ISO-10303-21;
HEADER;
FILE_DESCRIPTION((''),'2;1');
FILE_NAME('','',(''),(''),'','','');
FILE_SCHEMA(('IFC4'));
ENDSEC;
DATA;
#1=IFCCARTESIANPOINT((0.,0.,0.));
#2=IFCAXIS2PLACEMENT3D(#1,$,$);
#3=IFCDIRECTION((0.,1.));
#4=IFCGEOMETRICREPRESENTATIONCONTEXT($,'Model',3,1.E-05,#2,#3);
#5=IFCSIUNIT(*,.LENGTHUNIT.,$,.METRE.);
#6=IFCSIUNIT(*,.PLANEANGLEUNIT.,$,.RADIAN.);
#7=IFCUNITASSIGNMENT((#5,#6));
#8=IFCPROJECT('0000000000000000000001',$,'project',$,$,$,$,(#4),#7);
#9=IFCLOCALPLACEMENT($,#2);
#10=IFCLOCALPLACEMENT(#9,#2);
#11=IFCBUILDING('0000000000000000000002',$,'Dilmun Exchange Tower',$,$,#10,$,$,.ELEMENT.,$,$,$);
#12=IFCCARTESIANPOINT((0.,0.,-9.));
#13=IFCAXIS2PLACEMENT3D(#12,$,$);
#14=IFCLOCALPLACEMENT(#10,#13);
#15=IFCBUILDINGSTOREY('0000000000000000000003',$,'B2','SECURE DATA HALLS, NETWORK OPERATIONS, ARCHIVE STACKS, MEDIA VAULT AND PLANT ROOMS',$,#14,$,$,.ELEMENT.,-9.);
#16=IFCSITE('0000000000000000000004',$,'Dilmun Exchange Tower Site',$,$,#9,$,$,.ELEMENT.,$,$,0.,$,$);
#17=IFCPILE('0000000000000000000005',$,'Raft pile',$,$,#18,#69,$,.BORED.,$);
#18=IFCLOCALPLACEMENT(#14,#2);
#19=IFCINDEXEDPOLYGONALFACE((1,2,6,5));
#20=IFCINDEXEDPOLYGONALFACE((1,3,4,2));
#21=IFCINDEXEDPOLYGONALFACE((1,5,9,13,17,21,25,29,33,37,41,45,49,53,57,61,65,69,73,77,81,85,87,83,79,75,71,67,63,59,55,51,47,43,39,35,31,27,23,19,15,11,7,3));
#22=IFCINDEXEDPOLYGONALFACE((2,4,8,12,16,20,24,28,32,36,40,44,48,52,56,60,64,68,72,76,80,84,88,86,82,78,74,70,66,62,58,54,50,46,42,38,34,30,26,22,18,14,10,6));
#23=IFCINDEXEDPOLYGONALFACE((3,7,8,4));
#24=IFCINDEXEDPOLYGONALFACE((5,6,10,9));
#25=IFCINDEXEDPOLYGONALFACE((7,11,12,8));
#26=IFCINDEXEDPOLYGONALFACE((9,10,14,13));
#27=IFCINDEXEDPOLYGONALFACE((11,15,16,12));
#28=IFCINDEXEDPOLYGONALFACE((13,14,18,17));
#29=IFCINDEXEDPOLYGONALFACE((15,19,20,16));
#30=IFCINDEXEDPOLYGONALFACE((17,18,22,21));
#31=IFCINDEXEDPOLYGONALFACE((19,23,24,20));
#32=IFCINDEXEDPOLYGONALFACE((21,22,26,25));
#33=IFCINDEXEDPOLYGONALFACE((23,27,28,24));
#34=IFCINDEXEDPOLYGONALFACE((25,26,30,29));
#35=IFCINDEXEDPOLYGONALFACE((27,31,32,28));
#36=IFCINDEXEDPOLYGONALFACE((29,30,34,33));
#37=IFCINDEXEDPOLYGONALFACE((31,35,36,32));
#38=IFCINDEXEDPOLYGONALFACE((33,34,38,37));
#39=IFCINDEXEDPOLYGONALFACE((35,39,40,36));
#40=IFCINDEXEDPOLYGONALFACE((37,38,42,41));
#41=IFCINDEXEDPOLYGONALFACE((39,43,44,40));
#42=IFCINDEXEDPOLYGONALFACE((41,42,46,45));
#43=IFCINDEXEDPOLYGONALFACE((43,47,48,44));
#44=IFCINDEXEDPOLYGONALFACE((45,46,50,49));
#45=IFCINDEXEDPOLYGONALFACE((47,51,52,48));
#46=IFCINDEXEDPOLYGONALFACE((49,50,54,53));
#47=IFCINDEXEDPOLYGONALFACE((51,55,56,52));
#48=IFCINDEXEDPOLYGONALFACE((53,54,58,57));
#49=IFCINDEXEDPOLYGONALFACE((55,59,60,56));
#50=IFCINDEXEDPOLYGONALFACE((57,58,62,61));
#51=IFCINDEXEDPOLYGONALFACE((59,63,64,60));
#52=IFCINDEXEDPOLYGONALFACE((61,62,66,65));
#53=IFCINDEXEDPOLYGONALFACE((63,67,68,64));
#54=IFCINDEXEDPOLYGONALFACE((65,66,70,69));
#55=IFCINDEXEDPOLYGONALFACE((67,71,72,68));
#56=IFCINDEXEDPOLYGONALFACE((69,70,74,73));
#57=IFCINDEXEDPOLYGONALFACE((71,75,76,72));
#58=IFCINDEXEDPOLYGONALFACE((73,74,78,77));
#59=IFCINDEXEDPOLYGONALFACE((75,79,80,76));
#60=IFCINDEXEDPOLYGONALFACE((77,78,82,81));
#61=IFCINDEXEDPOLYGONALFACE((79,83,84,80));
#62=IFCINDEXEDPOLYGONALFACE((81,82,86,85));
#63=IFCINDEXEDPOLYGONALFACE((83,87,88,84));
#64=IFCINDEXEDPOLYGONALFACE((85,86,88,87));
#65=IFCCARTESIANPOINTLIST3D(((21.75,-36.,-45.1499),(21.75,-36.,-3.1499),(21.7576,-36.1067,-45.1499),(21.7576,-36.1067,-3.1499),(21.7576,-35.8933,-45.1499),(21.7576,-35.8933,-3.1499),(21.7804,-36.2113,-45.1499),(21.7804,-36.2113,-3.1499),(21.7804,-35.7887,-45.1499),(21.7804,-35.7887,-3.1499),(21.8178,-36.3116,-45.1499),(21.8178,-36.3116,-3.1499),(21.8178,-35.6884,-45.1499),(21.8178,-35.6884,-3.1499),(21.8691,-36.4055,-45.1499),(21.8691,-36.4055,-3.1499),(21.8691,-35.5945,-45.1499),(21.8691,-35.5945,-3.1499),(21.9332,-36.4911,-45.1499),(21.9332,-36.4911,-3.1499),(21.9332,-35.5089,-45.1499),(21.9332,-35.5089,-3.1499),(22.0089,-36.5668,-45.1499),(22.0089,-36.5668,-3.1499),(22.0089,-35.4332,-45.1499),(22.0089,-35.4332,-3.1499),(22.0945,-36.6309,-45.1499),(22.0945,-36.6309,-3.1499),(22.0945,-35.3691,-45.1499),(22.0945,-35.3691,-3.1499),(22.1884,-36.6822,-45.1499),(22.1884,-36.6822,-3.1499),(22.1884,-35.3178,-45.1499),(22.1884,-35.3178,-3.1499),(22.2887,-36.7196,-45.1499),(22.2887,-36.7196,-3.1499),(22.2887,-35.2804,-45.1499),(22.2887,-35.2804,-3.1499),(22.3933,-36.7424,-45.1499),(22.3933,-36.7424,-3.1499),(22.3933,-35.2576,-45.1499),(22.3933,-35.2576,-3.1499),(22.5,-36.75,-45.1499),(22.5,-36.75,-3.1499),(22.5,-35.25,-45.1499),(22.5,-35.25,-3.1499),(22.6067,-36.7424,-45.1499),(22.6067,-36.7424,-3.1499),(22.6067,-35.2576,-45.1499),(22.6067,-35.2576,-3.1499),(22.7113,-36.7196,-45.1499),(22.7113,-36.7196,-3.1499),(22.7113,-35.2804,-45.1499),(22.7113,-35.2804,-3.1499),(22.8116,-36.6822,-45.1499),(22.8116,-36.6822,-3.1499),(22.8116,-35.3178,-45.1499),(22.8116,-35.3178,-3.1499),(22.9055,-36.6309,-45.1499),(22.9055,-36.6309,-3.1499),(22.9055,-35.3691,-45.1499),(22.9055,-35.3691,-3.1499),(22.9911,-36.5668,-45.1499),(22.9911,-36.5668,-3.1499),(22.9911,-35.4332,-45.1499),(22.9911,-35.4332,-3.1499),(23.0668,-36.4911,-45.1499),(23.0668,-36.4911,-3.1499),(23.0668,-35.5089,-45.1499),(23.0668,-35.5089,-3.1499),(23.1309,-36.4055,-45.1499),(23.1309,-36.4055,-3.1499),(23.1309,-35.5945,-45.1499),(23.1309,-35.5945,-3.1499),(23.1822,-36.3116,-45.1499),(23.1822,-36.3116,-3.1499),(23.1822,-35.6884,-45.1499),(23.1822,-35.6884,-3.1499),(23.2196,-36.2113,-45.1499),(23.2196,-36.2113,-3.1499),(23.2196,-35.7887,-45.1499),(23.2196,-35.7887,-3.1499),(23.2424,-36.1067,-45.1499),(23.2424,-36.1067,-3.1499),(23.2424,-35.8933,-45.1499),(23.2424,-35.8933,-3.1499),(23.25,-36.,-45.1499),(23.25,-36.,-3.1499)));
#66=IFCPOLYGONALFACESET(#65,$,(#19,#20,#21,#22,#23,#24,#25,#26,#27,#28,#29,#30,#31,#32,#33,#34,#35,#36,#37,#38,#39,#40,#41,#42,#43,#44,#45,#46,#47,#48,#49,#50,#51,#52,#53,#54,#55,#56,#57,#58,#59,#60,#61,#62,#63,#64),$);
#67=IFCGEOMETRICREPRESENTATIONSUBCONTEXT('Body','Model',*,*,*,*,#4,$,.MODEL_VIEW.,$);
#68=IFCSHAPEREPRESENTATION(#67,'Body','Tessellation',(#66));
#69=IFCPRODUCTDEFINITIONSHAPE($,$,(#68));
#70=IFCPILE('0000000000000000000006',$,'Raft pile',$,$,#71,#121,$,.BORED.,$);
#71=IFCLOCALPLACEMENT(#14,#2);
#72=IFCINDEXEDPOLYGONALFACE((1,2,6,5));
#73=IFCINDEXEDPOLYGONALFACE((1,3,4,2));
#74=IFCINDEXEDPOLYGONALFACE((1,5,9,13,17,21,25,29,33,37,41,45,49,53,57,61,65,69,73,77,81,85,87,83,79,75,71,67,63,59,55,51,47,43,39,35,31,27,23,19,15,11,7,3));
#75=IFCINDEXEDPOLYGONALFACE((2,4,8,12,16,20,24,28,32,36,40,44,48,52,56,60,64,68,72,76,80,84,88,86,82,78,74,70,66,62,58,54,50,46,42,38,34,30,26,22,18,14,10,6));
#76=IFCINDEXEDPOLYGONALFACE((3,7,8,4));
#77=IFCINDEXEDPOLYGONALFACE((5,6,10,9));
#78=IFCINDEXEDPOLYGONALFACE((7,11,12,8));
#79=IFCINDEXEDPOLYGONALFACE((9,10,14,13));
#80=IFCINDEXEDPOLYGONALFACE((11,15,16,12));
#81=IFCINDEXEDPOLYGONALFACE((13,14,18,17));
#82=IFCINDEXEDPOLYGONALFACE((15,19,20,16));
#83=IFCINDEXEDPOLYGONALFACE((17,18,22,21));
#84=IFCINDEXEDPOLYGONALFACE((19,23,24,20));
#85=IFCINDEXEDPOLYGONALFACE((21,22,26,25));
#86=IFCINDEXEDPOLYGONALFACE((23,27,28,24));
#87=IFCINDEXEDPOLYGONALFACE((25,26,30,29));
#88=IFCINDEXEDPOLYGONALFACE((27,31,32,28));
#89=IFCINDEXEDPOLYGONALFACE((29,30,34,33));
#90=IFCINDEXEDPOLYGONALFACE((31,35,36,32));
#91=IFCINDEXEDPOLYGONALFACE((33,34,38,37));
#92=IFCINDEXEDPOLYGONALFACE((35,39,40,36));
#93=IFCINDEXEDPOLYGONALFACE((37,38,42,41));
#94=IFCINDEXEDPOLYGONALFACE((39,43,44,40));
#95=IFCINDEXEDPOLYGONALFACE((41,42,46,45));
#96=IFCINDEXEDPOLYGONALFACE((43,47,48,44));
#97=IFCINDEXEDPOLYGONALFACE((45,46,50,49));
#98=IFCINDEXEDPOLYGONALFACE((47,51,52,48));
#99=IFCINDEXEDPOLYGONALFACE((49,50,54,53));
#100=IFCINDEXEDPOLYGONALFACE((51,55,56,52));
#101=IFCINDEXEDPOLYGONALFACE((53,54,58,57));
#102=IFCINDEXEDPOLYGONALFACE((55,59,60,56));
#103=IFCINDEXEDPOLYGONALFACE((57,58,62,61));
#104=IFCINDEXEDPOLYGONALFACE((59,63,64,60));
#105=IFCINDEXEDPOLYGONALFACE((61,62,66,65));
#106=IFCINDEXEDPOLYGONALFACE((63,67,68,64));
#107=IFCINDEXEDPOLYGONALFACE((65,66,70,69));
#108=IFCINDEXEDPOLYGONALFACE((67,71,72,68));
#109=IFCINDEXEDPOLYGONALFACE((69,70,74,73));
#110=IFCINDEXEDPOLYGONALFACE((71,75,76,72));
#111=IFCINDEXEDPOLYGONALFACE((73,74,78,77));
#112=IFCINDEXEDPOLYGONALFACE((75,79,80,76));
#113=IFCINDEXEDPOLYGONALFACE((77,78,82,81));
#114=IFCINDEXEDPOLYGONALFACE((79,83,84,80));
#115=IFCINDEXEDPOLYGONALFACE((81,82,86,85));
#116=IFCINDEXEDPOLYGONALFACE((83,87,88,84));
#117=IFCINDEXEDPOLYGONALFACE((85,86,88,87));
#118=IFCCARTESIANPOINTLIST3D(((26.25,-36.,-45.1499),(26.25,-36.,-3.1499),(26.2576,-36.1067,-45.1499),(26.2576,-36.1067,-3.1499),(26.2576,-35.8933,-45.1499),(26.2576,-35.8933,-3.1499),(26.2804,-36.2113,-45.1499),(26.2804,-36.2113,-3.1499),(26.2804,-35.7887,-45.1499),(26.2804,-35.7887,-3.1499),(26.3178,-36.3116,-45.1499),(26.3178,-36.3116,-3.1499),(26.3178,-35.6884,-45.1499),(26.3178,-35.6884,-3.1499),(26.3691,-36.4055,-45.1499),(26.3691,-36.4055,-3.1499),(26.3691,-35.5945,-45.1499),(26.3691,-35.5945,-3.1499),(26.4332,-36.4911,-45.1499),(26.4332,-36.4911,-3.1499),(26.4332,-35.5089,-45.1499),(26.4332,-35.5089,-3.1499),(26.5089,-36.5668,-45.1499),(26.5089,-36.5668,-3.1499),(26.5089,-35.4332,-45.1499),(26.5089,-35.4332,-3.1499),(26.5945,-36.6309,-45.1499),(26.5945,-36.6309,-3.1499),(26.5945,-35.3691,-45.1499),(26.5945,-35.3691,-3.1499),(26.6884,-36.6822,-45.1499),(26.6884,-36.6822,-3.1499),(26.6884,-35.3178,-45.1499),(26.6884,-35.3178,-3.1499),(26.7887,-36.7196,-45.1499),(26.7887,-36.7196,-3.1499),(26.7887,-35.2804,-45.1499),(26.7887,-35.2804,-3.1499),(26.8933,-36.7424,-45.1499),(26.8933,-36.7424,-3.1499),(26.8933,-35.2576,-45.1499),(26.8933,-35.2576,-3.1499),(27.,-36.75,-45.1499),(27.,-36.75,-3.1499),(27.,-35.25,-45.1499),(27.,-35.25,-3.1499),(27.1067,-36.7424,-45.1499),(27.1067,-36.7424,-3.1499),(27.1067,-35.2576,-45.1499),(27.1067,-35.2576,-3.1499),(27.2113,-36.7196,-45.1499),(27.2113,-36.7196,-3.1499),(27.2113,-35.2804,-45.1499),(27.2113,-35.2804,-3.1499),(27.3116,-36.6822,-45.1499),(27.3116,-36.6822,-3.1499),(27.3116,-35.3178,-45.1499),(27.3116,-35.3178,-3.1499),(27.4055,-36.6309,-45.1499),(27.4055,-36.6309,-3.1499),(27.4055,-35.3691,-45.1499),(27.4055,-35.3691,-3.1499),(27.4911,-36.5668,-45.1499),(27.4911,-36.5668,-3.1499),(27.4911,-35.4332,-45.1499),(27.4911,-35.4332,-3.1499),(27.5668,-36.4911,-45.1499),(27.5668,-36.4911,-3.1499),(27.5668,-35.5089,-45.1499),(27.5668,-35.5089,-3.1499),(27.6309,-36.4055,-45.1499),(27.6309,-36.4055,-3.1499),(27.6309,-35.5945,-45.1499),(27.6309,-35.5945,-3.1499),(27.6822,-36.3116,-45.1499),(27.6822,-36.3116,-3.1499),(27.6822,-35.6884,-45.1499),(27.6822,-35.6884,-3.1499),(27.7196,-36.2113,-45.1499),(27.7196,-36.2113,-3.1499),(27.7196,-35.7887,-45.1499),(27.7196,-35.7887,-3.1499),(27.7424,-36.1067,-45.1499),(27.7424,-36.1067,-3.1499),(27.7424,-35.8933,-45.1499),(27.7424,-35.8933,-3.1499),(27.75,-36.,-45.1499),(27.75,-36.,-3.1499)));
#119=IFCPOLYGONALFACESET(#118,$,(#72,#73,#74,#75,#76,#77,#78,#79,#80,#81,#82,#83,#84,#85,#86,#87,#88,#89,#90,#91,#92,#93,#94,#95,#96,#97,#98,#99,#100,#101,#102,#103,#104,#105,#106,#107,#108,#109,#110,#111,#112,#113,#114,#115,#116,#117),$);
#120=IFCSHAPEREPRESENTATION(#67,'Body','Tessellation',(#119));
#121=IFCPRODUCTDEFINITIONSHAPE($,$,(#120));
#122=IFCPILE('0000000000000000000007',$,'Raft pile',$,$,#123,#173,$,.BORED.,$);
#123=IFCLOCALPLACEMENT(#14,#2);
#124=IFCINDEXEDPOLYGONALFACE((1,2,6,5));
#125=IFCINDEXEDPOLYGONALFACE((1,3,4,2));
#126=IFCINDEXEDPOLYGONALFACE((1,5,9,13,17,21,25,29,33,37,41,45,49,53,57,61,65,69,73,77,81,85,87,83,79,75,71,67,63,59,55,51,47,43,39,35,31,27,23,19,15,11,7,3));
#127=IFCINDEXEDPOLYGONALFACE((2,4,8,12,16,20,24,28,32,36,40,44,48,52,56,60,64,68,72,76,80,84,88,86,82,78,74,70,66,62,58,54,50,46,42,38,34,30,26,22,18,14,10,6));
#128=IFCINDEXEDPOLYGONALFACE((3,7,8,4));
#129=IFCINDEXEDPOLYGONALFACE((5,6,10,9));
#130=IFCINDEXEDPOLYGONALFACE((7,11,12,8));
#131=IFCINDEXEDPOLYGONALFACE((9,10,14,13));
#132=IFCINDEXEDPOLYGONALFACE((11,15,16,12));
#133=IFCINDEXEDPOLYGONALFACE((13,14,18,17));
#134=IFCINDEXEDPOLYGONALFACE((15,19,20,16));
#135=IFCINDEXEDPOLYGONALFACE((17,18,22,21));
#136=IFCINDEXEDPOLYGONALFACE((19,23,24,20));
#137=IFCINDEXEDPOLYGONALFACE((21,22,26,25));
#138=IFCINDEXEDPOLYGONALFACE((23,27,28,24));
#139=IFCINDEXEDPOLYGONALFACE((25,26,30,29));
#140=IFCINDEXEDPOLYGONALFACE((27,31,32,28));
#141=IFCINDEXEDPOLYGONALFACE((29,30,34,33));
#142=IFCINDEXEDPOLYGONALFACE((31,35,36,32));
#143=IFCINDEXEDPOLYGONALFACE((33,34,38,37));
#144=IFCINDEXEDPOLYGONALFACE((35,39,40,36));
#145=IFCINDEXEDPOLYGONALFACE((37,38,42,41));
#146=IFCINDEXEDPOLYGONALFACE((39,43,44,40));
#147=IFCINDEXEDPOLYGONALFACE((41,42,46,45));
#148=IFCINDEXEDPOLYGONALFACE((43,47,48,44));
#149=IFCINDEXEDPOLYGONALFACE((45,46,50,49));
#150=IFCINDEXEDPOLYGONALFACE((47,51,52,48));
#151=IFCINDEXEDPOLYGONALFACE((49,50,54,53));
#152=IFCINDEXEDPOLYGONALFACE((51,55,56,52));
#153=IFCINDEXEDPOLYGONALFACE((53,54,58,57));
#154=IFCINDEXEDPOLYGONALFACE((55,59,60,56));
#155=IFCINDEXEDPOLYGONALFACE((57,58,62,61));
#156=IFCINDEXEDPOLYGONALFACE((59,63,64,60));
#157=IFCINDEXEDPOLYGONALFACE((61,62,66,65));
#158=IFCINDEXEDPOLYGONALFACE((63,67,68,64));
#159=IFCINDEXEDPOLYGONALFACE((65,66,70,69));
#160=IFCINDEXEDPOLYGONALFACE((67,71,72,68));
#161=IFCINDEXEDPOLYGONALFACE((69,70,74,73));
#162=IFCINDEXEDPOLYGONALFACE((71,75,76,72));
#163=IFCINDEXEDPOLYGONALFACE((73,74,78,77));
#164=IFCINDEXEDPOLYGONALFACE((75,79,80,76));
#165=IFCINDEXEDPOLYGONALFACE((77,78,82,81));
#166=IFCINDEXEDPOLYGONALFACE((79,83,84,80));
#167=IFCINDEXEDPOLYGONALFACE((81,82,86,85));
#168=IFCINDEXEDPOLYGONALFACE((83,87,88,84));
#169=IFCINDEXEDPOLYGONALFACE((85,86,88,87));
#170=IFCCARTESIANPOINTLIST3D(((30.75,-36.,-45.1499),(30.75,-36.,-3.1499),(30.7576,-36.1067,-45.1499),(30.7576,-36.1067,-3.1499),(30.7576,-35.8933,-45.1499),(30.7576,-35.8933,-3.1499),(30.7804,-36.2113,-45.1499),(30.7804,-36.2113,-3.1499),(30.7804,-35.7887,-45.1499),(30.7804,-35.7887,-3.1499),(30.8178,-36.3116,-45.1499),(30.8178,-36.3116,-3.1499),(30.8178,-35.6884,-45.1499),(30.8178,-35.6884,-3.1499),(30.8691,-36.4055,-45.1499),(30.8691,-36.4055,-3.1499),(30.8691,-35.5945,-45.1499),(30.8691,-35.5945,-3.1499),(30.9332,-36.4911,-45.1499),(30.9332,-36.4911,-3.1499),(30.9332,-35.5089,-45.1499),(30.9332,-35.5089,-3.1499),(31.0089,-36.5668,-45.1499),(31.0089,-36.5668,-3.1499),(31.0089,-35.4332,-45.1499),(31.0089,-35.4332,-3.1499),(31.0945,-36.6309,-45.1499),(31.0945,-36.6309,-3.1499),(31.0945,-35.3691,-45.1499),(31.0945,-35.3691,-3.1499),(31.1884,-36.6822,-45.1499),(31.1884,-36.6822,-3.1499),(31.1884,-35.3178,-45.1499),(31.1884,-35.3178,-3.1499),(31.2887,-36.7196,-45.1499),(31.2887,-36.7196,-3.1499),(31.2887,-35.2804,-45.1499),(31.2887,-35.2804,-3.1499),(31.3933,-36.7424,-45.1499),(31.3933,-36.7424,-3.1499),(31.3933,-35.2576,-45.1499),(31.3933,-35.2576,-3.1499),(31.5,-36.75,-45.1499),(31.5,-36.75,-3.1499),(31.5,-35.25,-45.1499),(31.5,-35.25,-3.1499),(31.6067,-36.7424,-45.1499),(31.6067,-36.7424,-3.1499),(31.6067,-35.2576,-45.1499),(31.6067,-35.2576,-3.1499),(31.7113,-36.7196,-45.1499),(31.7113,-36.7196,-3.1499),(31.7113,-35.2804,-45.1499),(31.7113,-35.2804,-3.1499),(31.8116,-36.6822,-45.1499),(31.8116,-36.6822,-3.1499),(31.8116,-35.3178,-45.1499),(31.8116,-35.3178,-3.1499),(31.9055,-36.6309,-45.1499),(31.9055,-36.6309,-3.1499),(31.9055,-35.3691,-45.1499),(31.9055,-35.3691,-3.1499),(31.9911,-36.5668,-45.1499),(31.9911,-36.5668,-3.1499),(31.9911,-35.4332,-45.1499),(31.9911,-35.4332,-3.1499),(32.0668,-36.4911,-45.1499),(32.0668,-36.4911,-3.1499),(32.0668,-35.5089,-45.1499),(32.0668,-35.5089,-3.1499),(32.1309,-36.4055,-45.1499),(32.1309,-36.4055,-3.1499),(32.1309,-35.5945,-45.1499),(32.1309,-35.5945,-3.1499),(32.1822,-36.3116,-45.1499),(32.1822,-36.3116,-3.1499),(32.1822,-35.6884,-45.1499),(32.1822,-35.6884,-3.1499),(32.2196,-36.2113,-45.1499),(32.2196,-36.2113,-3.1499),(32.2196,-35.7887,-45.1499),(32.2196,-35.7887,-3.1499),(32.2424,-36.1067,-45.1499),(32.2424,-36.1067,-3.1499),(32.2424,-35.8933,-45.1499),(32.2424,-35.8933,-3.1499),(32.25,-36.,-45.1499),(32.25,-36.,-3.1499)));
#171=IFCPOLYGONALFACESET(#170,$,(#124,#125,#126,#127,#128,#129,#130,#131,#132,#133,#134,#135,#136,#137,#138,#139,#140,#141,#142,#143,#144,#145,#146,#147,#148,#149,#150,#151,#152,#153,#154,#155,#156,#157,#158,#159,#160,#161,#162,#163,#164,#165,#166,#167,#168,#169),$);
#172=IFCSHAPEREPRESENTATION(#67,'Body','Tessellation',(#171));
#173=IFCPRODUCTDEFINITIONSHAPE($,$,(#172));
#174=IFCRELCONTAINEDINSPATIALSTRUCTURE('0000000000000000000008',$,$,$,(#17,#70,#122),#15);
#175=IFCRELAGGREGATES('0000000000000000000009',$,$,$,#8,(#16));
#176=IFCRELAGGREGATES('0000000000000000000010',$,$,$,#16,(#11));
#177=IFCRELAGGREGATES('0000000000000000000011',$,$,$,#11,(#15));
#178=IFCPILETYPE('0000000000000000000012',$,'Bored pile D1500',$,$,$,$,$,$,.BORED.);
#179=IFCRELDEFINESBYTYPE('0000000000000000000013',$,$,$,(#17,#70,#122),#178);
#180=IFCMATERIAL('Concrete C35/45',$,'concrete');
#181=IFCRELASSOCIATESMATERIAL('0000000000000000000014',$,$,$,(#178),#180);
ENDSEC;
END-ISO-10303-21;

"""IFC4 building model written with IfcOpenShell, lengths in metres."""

from ifc_helpers import new_model, si_unit, direction, frame, origin, origin_2d, place, context, subcontext, project, spatial, circle, extrude, material, material_profile, profile_set, type_object, element, save


model = new_model("IFC4")

# Units and contexts
model_context = context("Model", 3, precision=1e-05, world=origin(), true_north=direction((0.0, 1.0)))
body_context = subcontext(model_context, "Body", "Model", "MODEL_VIEW")
ifc_project = project(units=[si_unit("LENGTHUNIT", "METRE"), si_unit("PLANEANGLEUNIT", "RADIAN")], contexts=[model_context])

# Site, building, storey
site_placement = place(None, origin())
site = spatial("IfcSite", under=ifc_project, at=site_placement, Name="Dilmun Exchange Tower Site", CompositionType="ELEMENT", RefElevation=0.0)
building_placement = place(site_placement, origin())
building = spatial("IfcBuilding", under=site, at=building_placement, Name="Dilmun Exchange Tower", CompositionType="ELEMENT")
storey_placement = place(building_placement, frame((0.0, 0.0, -9.0)))
storey = spatial("IfcBuildingStorey", under=building, at=storey_placement, Name="B2", Description="SECURE DATA HALLS, NETWORK OPERATIONS, ARCHIVE STACKS, MEDIA VAULT AND PLANT ROOMS", CompositionType="ELEMENT", Elevation=-9.0)

# Piles
ifc_material_1 = material(Name="Concrete C35/45", Category="concrete")
ifc_material_profile_1 = material_profile(ifc_material_1, circle(Radius=0.75, at=origin_2d()), Name="D1500")
ifc_profile_set_1 = profile_set([ifc_material_profile_1], Name="Concrete C35/45")
pile_type = type_object("IfcPileType", Name="Bored pile D1500", PredefinedType="BORED", material=ifc_profile_set_1)
for number, where, z_axis, x_axis, name in (
    (1, (22.5, -36.0, -3.1499), (0.0, 0.0, -1.0), (1.0, 0.0, 0.0), "Raft pile"),
    (2, (27.0, -36.0, -3.1499), (0.0, 0.0, -1.0), (1.0, 0.0, 0.0), "Raft pile"),
    (3, (31.5, -36.0, -3.1499), (0.0, 0.0, -1.0), (1.0, 0.0, 0.0), "Raft pile"),
):
    element("IfcPile", number, at=place(storey_placement, frame(where, z_axis=z_axis, x_axis=x_axis)), inside=storey, type_object=pile_type, Name=name, PredefinedType="BORED", context=body_context, shape_type="SweptSolid", body=[
        extrude(circle(Radius=0.75, at=origin_2d()), origin(), (0.0, 0.0, 1.0), 42.0),
    ])

save(model, "model.ifc")
